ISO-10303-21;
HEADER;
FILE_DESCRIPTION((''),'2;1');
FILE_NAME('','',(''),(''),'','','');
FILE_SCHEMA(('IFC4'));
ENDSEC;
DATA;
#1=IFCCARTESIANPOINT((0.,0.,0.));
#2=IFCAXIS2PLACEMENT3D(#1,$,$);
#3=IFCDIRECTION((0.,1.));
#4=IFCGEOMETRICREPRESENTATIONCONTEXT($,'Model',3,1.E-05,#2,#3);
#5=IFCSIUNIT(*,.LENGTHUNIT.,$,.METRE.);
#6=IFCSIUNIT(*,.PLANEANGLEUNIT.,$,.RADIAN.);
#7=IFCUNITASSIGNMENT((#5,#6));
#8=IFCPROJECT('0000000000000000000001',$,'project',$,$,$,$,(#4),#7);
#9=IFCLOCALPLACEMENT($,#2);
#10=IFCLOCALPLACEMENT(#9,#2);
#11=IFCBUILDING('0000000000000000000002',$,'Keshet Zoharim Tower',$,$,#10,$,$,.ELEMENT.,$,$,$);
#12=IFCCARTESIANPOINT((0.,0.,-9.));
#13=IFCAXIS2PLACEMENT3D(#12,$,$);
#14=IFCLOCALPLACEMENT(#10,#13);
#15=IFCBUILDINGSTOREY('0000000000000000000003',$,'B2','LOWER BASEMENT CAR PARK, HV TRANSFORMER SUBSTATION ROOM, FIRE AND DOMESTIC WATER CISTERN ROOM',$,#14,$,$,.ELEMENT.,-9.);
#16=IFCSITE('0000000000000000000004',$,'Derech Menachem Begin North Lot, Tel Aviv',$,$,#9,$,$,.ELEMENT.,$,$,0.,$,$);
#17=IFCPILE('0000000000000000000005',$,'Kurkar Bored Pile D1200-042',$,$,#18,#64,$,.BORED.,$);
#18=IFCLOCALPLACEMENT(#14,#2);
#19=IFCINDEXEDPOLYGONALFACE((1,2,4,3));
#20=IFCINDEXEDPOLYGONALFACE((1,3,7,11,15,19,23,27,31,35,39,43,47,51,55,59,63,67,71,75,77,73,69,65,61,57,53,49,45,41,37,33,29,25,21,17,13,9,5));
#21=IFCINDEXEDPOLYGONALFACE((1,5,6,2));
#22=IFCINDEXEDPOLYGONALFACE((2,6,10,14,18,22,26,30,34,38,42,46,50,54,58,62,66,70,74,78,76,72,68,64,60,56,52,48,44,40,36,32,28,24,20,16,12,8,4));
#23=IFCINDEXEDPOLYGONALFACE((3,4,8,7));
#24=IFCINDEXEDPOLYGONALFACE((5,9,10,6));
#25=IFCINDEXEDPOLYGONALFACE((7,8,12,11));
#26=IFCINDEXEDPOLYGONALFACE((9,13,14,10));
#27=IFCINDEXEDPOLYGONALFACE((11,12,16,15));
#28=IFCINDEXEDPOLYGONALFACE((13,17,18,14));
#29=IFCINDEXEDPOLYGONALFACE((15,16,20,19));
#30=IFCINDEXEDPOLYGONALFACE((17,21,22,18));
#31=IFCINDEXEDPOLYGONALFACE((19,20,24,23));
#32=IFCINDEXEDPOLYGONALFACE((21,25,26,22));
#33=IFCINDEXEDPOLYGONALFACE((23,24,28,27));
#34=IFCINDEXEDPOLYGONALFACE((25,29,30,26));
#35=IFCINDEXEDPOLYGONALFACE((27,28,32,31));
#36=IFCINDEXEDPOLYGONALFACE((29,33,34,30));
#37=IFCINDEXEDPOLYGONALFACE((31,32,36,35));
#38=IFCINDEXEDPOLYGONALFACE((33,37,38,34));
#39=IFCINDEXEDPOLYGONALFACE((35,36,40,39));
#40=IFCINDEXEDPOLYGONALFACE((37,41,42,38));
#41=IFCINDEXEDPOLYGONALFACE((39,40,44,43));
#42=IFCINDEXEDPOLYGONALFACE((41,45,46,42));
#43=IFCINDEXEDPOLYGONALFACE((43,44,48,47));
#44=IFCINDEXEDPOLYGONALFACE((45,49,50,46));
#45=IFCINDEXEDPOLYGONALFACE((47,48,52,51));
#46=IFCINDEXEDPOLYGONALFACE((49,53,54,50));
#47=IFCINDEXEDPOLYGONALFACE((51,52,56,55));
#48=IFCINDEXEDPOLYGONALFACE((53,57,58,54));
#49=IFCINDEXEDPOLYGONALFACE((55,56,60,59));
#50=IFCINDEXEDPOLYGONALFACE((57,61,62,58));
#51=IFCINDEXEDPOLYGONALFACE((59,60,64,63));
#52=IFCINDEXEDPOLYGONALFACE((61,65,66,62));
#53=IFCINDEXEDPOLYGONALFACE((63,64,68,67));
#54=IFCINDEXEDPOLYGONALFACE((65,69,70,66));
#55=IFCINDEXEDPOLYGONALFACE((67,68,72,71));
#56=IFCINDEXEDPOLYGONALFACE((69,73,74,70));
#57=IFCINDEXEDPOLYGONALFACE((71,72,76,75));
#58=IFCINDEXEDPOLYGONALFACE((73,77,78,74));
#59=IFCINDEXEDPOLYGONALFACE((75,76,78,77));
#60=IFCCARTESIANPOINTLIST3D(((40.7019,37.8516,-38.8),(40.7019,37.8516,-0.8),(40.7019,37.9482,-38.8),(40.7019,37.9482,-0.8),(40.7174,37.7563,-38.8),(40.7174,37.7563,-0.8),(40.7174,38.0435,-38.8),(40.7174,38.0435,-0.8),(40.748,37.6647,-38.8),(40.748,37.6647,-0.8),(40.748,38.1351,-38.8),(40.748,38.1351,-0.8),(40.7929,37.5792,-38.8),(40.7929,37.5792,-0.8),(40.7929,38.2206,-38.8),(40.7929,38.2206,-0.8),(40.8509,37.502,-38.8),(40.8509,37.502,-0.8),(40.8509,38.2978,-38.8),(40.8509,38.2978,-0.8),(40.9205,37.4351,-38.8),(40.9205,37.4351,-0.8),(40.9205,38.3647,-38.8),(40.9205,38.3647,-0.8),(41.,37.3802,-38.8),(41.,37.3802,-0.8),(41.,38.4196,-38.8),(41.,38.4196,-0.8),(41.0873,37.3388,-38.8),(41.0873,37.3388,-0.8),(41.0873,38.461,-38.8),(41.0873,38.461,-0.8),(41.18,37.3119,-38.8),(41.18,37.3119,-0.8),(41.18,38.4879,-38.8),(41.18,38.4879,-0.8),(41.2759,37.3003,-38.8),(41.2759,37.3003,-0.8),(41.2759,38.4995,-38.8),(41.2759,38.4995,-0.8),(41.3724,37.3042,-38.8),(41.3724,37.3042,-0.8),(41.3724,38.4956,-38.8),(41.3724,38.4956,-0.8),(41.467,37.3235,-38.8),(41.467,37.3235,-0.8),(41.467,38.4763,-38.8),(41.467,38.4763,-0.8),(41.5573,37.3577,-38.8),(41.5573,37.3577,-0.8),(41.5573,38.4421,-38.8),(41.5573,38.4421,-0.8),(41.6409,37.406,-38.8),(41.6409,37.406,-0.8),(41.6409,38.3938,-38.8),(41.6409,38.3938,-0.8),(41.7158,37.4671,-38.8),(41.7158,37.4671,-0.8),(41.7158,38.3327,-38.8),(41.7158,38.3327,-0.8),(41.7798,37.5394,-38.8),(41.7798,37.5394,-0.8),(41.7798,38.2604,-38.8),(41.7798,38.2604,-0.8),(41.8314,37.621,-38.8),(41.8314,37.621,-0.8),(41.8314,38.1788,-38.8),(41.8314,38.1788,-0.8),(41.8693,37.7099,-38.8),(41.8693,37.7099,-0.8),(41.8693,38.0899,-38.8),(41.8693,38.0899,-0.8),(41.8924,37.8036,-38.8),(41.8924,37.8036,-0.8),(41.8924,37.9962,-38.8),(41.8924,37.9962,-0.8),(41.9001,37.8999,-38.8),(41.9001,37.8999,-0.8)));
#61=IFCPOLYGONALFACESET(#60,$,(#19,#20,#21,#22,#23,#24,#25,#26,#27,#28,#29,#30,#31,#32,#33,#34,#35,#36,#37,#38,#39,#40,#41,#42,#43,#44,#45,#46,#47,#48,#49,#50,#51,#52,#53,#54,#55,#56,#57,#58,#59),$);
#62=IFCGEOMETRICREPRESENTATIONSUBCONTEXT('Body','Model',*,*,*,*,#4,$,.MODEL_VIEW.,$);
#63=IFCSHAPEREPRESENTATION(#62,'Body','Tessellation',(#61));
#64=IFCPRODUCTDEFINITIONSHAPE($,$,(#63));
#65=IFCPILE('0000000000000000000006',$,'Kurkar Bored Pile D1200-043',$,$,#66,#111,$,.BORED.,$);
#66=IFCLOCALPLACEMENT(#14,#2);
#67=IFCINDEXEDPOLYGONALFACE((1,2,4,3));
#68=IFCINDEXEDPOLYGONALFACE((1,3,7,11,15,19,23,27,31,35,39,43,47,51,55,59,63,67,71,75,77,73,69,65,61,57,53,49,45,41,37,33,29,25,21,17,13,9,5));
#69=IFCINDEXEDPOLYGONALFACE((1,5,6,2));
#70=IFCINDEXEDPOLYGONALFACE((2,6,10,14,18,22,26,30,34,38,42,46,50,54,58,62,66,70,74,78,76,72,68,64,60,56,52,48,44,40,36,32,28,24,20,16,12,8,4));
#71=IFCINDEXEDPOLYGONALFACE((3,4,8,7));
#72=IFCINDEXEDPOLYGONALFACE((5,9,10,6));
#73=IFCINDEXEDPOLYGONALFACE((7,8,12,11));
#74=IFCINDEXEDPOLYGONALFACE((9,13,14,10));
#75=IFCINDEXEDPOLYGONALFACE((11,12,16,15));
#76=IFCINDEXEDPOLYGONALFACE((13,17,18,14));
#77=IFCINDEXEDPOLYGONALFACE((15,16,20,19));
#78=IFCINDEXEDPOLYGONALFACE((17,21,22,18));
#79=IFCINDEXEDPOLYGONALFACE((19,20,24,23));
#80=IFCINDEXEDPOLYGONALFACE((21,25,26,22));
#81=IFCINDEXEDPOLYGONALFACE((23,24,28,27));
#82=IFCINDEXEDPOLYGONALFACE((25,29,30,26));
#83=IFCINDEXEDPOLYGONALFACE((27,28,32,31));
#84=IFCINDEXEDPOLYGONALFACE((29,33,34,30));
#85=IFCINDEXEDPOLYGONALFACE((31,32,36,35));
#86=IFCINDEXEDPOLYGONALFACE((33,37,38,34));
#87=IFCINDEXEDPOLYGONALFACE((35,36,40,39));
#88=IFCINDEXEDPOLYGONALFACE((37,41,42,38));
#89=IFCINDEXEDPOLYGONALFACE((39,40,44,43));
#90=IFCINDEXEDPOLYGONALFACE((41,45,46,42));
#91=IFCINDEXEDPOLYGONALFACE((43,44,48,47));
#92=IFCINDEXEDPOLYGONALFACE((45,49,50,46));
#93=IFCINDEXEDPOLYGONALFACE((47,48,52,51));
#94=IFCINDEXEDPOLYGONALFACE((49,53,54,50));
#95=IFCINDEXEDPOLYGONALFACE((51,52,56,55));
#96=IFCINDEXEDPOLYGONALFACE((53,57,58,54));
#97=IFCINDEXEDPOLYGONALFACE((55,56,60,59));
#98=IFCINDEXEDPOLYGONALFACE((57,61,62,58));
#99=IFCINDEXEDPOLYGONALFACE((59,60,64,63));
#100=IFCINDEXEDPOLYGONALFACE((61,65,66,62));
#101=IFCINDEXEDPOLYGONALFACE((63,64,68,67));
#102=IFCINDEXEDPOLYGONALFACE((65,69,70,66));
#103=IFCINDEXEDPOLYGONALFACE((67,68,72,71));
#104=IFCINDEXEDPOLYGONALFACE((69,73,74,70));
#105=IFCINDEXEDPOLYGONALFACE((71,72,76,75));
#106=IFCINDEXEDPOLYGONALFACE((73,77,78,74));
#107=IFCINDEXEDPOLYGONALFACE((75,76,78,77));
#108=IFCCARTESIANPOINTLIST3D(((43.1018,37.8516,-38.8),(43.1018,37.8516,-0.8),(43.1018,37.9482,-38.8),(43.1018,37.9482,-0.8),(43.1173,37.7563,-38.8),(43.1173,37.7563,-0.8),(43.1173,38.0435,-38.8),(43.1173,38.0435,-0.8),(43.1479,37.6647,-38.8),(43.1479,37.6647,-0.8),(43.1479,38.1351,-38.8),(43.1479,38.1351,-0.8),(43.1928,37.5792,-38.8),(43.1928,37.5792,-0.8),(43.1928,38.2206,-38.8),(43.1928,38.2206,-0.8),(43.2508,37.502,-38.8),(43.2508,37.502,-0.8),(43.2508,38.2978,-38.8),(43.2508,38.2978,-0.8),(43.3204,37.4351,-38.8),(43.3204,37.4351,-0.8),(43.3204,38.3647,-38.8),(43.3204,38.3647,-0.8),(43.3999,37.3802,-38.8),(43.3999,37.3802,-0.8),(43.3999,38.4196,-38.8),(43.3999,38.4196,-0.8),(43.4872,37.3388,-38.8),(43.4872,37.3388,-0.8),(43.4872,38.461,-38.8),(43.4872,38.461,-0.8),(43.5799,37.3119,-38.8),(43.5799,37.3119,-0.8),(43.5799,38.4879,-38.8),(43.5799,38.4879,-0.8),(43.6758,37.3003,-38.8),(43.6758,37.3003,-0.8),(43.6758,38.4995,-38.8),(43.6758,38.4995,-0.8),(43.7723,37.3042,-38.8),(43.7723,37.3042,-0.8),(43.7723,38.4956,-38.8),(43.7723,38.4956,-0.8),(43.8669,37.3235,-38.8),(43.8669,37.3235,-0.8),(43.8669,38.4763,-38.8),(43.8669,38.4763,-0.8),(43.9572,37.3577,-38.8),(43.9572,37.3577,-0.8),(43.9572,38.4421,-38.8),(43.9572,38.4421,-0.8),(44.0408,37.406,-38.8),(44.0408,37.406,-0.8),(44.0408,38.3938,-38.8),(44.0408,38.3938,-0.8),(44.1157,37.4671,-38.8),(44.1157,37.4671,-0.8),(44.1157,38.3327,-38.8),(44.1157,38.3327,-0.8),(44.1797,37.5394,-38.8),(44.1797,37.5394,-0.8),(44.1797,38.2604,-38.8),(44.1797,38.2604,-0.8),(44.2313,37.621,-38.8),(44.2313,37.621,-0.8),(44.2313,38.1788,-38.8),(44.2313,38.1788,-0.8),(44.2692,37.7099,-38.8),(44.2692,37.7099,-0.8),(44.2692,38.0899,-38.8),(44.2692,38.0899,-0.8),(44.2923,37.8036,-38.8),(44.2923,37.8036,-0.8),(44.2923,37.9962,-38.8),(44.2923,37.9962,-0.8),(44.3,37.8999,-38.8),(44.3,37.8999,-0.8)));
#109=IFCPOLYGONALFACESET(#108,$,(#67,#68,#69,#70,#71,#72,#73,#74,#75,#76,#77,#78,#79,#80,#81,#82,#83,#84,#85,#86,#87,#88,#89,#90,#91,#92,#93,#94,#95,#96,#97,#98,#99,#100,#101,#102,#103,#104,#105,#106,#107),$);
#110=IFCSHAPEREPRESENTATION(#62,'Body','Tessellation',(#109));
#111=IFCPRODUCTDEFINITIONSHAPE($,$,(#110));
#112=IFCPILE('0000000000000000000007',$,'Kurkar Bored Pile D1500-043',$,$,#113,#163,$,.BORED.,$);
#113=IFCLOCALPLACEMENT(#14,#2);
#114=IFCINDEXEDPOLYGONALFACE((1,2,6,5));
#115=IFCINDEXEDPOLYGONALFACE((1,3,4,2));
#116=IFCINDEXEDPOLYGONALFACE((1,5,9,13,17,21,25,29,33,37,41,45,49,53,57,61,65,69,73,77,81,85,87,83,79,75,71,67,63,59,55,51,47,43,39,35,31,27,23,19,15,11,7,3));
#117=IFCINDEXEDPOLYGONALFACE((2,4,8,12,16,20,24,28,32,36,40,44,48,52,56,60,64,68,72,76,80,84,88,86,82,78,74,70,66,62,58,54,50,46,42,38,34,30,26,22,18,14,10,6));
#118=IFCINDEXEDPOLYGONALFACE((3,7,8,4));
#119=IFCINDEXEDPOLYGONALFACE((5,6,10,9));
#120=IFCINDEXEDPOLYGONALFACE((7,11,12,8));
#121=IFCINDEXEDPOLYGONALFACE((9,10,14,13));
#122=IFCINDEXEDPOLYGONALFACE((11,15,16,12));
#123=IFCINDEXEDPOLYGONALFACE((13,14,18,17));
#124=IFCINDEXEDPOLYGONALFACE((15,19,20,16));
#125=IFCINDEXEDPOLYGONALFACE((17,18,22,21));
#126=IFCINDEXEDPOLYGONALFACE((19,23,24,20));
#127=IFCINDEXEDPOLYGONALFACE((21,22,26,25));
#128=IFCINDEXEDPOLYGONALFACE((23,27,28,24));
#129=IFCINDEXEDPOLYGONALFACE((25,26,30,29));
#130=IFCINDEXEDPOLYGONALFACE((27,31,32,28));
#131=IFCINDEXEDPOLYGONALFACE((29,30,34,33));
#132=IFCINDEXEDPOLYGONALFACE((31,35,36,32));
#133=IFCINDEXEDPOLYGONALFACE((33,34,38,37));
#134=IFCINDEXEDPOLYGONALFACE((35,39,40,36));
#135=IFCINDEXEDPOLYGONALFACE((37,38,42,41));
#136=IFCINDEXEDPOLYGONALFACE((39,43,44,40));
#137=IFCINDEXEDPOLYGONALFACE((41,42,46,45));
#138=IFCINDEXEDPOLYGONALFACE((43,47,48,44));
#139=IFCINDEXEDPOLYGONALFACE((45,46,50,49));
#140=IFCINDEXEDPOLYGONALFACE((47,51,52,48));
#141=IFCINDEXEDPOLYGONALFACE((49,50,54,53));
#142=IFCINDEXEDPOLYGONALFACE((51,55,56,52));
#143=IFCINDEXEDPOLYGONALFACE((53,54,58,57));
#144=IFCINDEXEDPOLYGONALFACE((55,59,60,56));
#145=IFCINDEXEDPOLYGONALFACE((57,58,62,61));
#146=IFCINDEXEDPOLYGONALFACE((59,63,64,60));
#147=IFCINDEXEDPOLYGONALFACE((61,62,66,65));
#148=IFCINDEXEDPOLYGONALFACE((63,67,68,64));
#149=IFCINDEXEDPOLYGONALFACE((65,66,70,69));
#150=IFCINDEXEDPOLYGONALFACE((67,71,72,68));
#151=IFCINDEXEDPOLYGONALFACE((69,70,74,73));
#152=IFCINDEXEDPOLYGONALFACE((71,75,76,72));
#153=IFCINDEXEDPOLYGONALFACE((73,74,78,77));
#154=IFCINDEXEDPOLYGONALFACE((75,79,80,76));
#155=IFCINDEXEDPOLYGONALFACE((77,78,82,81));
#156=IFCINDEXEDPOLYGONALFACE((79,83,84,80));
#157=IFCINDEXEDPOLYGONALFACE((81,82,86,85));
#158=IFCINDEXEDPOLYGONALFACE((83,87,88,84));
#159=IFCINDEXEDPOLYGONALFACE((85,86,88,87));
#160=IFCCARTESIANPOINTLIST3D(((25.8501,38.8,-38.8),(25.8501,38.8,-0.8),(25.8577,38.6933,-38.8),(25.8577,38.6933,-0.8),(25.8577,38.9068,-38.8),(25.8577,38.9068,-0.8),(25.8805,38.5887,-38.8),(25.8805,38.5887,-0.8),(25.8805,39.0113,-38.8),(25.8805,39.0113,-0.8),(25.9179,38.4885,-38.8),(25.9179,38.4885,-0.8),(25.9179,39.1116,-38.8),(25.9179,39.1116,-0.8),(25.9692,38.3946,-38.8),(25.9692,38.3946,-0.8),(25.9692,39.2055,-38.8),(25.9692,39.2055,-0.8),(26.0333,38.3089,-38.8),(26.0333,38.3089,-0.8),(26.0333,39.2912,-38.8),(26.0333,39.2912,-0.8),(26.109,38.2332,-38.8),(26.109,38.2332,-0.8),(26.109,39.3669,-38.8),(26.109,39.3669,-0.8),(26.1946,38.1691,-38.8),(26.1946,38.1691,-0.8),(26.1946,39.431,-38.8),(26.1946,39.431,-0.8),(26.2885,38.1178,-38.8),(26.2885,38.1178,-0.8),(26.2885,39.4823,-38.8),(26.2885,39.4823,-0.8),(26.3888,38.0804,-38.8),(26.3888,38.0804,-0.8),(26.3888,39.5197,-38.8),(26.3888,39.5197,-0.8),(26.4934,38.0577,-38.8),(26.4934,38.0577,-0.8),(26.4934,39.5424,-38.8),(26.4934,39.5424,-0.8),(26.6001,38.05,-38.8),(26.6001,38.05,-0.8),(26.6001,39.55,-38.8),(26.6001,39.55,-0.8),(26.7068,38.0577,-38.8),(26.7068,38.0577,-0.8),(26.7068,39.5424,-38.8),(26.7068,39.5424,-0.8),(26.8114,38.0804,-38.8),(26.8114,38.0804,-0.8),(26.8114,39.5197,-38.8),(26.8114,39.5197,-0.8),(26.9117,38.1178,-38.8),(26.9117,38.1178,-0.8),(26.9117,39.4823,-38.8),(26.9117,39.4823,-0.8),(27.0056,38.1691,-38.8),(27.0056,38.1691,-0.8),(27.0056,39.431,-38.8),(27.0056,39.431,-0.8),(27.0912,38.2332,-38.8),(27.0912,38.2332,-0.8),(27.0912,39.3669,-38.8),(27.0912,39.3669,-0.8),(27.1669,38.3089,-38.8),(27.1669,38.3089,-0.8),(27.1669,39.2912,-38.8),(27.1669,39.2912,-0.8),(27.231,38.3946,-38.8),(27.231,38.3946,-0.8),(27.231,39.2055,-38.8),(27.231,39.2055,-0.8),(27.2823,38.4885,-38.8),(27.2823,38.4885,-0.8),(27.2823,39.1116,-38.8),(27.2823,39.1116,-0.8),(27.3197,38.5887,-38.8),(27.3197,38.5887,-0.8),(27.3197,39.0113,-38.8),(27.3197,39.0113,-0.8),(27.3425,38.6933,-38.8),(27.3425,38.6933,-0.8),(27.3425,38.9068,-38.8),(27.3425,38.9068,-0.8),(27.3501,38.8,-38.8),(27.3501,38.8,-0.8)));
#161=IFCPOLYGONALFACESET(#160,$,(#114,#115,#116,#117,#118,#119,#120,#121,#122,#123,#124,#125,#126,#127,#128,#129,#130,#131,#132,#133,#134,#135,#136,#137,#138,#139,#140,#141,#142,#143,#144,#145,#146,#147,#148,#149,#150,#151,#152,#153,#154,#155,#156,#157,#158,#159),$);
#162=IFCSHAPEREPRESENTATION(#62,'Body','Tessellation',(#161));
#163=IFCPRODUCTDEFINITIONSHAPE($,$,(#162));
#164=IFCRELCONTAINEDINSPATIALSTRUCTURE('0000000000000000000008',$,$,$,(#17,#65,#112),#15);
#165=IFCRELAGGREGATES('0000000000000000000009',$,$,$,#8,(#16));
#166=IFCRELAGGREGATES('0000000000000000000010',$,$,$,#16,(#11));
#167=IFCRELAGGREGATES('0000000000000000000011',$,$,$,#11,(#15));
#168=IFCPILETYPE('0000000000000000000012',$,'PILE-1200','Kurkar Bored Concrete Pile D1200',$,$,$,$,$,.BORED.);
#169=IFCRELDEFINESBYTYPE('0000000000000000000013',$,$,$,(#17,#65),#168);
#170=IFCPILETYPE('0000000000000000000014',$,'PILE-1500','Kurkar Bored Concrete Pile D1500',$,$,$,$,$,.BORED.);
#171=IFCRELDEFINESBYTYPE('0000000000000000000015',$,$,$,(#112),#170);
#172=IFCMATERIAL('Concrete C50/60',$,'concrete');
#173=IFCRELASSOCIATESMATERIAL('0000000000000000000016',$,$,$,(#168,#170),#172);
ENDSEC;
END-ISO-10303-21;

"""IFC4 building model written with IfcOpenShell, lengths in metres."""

from ifc_helpers import new_model, si_unit, direction, frame, origin, origin_2d, place, context, subcontext, project, spatial, circle, extrude, material, material_profile, profile_set, type_object, element, save


model = new_model("IFC4")

# Units and contexts
model_context = context("Model", 3, precision=1e-05, world=origin(), true_north=direction((0.0, 1.0)))
body_context = subcontext(model_context, "Body", "Model", "MODEL_VIEW")
ifc_project = project(units=[si_unit("LENGTHUNIT", "METRE"), si_unit("PLANEANGLEUNIT", "RADIAN")], contexts=[model_context])

# Site, building, storey
site_placement = place(None, origin())
site = spatial("IfcSite", under=ifc_project, at=site_placement, Name="Derech Menachem Begin North Lot, Tel Aviv", CompositionType="ELEMENT", RefElevation=0.0)
building_placement = place(site_placement, origin())
building = spatial("IfcBuilding", under=site, at=building_placement, Name="Keshet Zoharim Tower", CompositionType="ELEMENT")
storey_placement = place(building_placement, frame((0.0, 0.0, -9.0)))
storey = spatial("IfcBuildingStorey", under=building, at=storey_placement, Name="B2", Description="LOWER BASEMENT CAR PARK, HV TRANSFORMER SUBSTATION ROOM, FIRE AND DOMESTIC WATER CISTERN ROOM", CompositionType="ELEMENT", Elevation=-9.0)

# Piles
ifc_material_1 = material(Name="Concrete C50/60", Category="concrete")
ifc_material_profile_1 = material_profile(ifc_material_1, circle(Radius=0.6001, at=origin_2d()), Name="PILE-D1200")
ifc_profile_set_1 = profile_set([ifc_material_profile_1], Name="Concrete C50/60")
pile_type_1 = type_object("IfcPileType", Name="PILE-1200", Description="Kurkar Bored Concrete Pile D1200", PredefinedType="BORED", material=ifc_profile_set_1)
for number, where, z_axis, x_axis, name in (
    (1, (41.3, 37.8999, -0.8), (0.0, 0.0, -1.0), (1.0, 0.0, 0.0), "Kurkar Bored Pile D1200-042"),
    (2, (43.7, 37.8999, -0.8), (0.0, 0.0, -1.0), (1.0, 0.0, 0.0), "Kurkar Bored Pile D1200-043"),
):
    element("IfcPile", number, at=place(storey_placement, frame(where, z_axis=z_axis, x_axis=x_axis)), inside=storey, type_object=pile_type_1, Name=name, PredefinedType="BORED", context=body_context, shape_type="SweptSolid", body=[
        extrude(circle(Radius=0.6001, at=origin_2d()), origin(), (0.0, 0.0, 1.0), 38.0),
    ])
ifc_material_profile_2 = material_profile(ifc_material_1, circle(Radius=0.75, at=origin_2d()), Name="PILE-D1500")
ifc_profile_set_2 = profile_set([ifc_material_profile_2], Name="Concrete C50/60")
pile_type_2 = type_object("IfcPileType", Name="PILE-1500", Description="Kurkar Bored Concrete Pile D1500", PredefinedType="BORED", material=ifc_profile_set_2)
for number, where, z_axis, x_axis, name in (
    (3, (26.6001, 38.8, -0.8), (0.0, 0.0, -1.0), (1.0, 0.0, 0.0), "Kurkar Bored Pile D1500-043"),
):
    element("IfcPile", number, at=place(storey_placement, frame(where, z_axis=z_axis, x_axis=x_axis)), inside=storey, type_object=pile_type_2, Name=name, PredefinedType="BORED", context=body_context, shape_type="SweptSolid", body=[
        extrude(circle(Radius=0.75, at=origin_2d()), origin(), (0.0, 0.0, 1.0), 38.0),
    ])

save(model, "model.ifc")
